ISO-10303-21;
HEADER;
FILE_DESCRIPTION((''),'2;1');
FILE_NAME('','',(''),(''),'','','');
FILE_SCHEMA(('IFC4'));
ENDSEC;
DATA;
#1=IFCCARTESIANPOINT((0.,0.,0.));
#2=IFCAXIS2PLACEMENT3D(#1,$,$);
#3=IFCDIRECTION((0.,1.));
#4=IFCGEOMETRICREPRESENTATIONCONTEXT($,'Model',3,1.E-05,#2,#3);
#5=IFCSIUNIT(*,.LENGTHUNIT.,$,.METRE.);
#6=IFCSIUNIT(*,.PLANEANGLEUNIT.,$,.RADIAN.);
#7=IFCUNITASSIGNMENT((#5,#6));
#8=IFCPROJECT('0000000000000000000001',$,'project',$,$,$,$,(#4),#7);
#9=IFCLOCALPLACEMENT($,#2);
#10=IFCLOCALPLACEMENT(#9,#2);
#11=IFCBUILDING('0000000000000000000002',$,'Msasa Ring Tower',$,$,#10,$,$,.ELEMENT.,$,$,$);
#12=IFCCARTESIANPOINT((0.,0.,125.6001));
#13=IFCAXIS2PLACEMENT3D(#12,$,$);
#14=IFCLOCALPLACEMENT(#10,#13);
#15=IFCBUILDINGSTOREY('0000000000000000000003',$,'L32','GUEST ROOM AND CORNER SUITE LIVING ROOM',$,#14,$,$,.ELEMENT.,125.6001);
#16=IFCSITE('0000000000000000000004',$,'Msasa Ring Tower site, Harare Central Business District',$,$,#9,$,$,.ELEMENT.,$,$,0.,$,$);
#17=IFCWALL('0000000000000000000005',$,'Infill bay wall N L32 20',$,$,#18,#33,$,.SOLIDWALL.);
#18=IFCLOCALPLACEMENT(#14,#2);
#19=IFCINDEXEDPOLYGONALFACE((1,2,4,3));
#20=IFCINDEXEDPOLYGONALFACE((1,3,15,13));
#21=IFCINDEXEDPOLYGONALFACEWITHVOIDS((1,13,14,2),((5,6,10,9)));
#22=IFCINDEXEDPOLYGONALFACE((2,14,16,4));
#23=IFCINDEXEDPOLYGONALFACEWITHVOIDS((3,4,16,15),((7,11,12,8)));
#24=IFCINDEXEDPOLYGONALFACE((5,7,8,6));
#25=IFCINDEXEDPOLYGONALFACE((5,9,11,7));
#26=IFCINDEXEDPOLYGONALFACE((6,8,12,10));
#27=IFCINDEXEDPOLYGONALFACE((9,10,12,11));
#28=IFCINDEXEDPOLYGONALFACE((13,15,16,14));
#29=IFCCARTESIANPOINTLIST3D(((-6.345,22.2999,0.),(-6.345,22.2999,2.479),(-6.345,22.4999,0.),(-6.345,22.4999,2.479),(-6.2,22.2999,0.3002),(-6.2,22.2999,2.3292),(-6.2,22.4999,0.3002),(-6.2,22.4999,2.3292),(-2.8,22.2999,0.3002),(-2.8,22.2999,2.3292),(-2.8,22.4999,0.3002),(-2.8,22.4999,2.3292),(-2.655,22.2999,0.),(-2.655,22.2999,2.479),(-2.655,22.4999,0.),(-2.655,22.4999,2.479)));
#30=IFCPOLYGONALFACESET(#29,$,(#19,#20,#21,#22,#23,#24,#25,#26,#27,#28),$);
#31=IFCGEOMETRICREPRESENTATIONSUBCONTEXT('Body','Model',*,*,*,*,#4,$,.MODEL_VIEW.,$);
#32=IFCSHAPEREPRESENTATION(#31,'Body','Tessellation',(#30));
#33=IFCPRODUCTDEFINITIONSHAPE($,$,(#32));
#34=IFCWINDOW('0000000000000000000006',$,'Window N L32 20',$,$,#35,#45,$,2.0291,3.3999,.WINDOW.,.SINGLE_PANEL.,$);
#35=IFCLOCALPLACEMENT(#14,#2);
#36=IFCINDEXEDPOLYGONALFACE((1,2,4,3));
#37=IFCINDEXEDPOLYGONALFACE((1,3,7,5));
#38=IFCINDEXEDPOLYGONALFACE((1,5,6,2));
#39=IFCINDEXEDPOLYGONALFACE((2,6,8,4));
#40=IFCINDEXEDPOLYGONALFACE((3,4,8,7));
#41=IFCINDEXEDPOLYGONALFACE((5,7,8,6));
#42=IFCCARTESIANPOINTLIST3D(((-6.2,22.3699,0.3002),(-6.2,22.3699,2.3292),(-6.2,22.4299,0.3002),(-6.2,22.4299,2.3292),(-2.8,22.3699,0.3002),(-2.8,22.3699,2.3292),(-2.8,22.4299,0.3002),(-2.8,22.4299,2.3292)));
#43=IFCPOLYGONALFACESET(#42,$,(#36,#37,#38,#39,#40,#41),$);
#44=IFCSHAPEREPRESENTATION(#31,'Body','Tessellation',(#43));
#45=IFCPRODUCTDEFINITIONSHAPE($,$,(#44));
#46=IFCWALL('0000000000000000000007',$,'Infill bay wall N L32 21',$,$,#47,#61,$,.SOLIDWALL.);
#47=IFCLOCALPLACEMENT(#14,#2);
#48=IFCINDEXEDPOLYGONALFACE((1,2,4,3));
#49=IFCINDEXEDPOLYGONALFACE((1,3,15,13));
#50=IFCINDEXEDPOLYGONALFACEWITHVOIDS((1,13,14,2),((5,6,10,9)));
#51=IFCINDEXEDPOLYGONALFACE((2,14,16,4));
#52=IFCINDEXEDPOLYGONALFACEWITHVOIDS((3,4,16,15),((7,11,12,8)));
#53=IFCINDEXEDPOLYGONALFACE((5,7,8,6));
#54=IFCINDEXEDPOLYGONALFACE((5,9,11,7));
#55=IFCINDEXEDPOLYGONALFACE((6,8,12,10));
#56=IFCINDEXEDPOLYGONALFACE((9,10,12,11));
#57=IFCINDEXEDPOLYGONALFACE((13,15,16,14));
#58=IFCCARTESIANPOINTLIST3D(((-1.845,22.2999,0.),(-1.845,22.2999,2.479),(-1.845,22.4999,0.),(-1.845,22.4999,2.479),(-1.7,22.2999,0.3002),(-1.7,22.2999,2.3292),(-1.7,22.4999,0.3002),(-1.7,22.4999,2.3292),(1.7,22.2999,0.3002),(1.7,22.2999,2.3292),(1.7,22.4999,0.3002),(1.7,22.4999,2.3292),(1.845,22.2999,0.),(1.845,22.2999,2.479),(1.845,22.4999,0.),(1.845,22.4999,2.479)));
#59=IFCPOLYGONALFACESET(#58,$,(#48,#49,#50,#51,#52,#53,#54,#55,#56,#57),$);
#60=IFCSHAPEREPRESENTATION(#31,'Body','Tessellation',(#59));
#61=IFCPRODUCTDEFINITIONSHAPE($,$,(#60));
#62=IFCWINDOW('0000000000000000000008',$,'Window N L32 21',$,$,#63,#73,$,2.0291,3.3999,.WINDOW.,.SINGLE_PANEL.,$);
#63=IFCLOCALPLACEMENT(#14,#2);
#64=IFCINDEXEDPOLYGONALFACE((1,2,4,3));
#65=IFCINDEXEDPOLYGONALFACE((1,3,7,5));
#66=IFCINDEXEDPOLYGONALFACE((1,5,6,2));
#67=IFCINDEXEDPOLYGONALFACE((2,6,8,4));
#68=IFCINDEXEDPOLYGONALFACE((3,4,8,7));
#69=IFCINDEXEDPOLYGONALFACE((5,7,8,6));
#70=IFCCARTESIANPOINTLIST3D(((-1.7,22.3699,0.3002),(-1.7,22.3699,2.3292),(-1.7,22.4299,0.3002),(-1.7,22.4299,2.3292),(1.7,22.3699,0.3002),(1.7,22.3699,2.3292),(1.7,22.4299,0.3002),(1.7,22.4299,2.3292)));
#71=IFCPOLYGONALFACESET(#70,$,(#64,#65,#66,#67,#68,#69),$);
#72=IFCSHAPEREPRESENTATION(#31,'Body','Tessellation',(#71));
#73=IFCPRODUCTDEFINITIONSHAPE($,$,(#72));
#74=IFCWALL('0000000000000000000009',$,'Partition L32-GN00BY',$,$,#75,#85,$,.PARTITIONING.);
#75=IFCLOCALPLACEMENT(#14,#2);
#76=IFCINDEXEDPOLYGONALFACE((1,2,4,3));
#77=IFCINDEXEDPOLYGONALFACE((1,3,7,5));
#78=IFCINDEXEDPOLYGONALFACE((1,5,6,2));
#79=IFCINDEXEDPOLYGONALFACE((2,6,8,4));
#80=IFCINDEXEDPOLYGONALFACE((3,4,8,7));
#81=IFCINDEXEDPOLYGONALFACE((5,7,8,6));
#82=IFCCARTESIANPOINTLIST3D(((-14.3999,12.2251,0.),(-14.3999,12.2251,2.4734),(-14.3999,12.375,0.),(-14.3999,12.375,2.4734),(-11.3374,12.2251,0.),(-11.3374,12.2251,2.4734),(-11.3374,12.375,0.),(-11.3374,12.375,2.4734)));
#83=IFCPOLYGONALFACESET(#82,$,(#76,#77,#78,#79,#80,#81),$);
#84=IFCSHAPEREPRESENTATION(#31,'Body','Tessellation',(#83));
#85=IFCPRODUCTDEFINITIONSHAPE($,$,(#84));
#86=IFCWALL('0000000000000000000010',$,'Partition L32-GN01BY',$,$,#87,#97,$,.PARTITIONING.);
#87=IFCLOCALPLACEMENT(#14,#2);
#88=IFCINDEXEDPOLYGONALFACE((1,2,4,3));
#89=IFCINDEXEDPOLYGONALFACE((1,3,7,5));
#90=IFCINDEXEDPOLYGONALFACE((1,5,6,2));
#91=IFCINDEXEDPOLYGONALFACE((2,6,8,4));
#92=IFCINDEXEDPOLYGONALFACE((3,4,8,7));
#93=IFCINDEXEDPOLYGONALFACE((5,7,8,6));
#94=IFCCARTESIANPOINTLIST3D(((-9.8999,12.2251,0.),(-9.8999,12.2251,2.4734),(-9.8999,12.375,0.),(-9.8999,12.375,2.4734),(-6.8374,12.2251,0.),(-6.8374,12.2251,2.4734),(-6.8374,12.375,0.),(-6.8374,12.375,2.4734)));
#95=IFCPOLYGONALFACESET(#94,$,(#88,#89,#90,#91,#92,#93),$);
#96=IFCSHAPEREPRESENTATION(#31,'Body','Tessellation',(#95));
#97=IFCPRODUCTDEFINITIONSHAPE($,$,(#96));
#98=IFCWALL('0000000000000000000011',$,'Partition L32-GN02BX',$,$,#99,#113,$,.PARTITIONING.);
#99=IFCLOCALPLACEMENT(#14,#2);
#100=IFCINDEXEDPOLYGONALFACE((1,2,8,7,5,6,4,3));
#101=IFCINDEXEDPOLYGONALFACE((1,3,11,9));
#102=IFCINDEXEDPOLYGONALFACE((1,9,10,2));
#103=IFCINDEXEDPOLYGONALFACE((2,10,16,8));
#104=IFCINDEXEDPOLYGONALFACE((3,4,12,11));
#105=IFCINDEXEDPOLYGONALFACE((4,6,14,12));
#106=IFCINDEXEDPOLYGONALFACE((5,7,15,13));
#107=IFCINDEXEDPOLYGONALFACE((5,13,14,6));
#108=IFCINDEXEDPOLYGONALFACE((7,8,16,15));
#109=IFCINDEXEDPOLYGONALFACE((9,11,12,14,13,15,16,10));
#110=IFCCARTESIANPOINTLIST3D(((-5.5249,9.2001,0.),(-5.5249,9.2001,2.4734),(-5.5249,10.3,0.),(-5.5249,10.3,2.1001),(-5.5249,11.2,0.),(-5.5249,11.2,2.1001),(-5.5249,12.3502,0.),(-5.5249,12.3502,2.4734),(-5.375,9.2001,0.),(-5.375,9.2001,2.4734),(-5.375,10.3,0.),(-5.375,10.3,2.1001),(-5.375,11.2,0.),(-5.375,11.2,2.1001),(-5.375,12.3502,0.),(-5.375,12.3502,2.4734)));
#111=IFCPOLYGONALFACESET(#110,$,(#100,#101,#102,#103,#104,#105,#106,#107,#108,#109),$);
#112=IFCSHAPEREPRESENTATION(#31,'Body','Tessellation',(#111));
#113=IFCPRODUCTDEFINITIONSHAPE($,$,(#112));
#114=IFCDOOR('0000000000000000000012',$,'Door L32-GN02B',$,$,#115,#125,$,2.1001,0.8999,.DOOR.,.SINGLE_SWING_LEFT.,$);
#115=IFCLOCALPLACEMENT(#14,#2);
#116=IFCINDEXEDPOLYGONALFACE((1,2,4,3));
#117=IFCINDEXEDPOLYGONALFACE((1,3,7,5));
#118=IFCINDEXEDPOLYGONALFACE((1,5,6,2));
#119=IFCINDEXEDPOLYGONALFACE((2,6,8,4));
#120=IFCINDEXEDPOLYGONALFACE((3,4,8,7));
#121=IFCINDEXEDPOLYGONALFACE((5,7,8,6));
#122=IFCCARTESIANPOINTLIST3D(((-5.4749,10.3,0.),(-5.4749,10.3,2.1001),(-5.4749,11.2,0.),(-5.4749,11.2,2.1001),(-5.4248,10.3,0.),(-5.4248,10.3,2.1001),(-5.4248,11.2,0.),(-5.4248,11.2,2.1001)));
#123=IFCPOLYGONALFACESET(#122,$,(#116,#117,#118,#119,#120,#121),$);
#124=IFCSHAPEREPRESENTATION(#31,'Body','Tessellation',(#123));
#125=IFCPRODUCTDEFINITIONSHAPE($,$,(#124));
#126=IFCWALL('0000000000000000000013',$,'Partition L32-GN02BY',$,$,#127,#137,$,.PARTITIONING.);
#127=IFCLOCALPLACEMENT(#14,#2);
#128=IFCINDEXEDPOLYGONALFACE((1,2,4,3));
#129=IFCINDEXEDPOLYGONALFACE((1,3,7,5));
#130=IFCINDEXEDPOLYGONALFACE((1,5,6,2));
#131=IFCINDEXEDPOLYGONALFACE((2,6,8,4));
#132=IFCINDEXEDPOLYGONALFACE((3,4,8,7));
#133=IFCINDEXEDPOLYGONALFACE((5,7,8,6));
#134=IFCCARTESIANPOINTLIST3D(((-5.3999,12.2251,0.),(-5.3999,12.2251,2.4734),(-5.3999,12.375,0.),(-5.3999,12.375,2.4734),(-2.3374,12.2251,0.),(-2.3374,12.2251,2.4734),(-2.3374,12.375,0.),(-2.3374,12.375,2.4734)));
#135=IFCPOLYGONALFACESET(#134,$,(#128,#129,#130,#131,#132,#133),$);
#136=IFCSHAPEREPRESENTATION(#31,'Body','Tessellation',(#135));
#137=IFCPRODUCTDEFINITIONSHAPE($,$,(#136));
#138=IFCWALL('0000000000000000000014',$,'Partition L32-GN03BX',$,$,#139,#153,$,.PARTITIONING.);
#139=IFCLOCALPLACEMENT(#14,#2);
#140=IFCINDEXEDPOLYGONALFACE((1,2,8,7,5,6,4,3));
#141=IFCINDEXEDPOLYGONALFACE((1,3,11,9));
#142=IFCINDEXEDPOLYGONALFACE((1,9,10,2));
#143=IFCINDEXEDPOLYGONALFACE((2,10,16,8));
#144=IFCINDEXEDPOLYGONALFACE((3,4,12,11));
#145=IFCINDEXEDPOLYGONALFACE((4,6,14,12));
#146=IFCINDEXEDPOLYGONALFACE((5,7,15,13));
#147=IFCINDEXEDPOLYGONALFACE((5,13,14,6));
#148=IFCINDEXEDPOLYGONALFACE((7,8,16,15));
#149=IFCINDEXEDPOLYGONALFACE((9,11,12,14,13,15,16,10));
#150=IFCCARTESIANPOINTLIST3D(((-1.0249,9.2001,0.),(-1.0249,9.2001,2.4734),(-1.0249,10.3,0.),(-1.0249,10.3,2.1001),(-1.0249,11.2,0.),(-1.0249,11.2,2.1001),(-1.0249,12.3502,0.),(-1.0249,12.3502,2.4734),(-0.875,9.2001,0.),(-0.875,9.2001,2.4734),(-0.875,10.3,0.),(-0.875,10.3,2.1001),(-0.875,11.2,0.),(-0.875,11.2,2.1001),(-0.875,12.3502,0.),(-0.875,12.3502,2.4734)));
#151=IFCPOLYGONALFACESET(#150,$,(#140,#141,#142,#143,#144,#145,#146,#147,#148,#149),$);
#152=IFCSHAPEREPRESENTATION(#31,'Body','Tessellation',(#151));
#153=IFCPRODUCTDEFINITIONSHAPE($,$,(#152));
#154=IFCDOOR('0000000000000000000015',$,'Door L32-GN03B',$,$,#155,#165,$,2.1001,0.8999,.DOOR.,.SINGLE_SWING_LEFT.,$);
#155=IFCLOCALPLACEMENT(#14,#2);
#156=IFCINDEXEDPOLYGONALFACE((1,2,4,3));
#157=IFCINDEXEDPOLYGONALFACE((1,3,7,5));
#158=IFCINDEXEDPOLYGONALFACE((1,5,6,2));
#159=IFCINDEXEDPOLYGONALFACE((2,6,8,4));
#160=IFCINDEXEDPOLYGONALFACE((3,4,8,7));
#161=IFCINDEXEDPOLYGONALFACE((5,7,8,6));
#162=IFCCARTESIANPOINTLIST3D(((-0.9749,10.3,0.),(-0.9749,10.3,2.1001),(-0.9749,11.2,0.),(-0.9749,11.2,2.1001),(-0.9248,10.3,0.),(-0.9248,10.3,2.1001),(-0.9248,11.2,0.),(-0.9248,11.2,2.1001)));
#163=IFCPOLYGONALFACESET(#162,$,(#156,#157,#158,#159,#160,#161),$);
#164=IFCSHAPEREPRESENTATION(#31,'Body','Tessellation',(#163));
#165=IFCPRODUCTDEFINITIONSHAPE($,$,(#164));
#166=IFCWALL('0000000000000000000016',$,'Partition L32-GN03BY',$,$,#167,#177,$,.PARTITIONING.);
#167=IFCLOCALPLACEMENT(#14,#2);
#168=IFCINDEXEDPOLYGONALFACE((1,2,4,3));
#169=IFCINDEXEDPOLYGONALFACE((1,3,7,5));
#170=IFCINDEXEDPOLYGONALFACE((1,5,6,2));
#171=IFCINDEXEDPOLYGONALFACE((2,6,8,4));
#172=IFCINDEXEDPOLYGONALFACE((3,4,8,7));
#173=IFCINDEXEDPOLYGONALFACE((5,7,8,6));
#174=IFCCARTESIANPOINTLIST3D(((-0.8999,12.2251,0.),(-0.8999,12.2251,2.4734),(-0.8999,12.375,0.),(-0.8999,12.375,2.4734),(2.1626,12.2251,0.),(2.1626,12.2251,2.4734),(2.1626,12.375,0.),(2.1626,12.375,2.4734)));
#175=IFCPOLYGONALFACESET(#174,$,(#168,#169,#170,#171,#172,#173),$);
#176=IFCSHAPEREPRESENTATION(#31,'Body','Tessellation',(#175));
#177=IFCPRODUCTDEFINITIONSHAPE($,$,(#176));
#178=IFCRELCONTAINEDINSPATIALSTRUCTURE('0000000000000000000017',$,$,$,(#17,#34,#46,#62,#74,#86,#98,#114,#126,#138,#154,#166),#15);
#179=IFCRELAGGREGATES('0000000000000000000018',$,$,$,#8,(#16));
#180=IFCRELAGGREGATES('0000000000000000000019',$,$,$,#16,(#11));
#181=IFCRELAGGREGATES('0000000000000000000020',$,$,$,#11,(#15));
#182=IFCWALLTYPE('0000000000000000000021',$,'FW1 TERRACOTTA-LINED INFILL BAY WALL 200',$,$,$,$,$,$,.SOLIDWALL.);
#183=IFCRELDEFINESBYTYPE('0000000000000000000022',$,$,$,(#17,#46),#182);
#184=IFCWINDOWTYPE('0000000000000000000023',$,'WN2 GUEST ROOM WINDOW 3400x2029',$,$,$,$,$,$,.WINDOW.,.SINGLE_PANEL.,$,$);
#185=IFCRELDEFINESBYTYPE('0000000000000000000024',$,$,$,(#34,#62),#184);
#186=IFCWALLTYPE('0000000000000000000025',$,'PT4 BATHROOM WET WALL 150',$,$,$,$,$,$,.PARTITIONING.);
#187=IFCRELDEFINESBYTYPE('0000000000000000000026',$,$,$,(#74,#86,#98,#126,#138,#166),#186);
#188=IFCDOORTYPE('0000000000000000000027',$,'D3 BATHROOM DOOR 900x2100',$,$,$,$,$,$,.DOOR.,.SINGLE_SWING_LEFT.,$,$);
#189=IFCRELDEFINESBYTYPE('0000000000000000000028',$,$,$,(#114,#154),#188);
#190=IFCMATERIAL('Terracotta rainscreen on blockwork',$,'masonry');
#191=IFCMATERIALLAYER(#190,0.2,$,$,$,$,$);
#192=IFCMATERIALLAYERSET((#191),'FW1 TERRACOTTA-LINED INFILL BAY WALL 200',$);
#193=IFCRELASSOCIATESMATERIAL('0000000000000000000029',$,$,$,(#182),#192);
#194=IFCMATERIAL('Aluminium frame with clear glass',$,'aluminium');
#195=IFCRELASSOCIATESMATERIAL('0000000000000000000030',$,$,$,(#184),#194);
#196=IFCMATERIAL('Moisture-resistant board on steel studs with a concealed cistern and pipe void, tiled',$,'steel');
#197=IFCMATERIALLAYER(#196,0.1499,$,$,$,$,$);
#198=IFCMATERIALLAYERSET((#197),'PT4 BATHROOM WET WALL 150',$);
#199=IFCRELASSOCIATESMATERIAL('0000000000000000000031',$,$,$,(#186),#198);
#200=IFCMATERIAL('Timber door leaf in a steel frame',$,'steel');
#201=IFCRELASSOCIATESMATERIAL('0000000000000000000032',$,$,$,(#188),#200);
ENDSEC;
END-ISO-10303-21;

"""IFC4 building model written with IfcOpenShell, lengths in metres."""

from ifc_helpers import new_model, si_unit, direction, frame, frame_2d, origin, place, context, subcontext, project, spatial, rectangle, extrude, material, layer, layer_set, type_object, element, fill, save


model = new_model("IFC4")

# Units and contexts
model_context = context("Model", 3, precision=1e-05, world=origin(), true_north=direction((0.0, 1.0)))
body_context = subcontext(model_context, "Body", "Model", "MODEL_VIEW")
ifc_project = project(units=[si_unit("LENGTHUNIT", "METRE"), si_unit("PLANEANGLEUNIT", "RADIAN")], contexts=[model_context])

# Site, building, storey
site_placement = place(None, origin())
site = spatial("IfcSite", under=ifc_project, at=site_placement, Name="Msasa Ring Tower site, Harare Central Business District", CompositionType="ELEMENT", RefElevation=0.0)
building_placement = place(site_placement, origin())
building = spatial("IfcBuilding", under=site, at=building_placement, Name="Msasa Ring Tower", CompositionType="ELEMENT")
storey_placement = place(building_placement, frame((0.0, 0.0, 125.6001)))
storey = spatial("IfcBuildingStorey", under=building, at=storey_placement, Name="L32", Description="GUEST ROOM AND CORNER SUITE LIVING ROOM", CompositionType="ELEMENT", Elevation=125.6001)

# Walls, openings, windows
ifc_material_1 = material(Name="Terracotta rainscreen on blockwork", Category="masonry")
ifc_layer_1 = layer(ifc_material_1, 0.2)
ifc_layer_set_1 = layer_set([ifc_layer_1], Name="FW1 TERRACOTTA-LINED INFILL BAY WALL 200")
wall_type_1 = type_object("IfcWallType", Name="FW1 TERRACOTTA-LINED INFILL BAY WALL 200", PredefinedType="SOLIDWALL", material=ifc_layer_set_1)
ifc_material_2 = material(Name="Aluminium frame with clear glass", Category="aluminium")
window_type = type_object("IfcWindowType", Name="WN2 GUEST ROOM WINDOW 3400x2029", PartitioningType="SINGLE_PANEL", PredefinedType="WINDOW", material=ifc_material_2)
wall_1_placement = place(storey_placement, frame((-6.345, 22.3999, 0.0), z_axis=(0.0, 0.0, 1.0), x_axis=(1.0, 0.0, 0.0)))
wall_1 = element("IfcWall", 1, at=wall_1_placement, inside=storey, type_object=wall_type_1, Name="Infill bay wall N L32 20", PredefinedType="SOLIDWALL", context=body_context, shape_type="SweptSolid", body=[
    extrude(rectangle(XDim=3.6899, YDim=0.2, at=frame_2d((1.845, 0.0))), origin(), (0.0, 0.0, 1.0), 2.479),
])
opening_1_placement = place(wall_1_placement, frame((0.145, 0.0, 0.3)))
opening_1 = element("IfcOpeningElement", 2, at=opening_1_placement, cuts=wall_1, PredefinedType="OPENING", context=body_context, shape_type="SweptSolid", body=[
    extrude(rectangle(XDim=3.3999, YDim=2.0291, at=frame_2d((1.7, 1.0146))), frame((0.0, 0.1099, 0.0), z_axis=(0.0, -1.0, 0.0), x_axis=(1.0, 0.0, 0.0)), (0.0, 0.0, 1.0), 0.22),
])
window_1_placement = place(opening_1_placement, origin())
window_1 = element("IfcWindow", 3, at=window_1_placement, inside=storey, type_object=window_type, Name="Window N L32 20", OverallHeight=2.0291, OverallWidth=3.3999, PartitioningType="SINGLE_PANEL", PredefinedType="WINDOW", context=body_context, shape_type="SweptSolid", body=[
    extrude(rectangle(XDim=3.3999, YDim=2.0291, at=frame_2d((1.7, 1.0146))), frame((0.0, 0.03, 0.0), z_axis=(0.0, -1.0, 0.0), x_axis=(1.0, 0.0, 0.0)), (0.0, 0.0, 1.0), 0.0601),
])
fill(opening_1, window_1)
wall_2_placement = place(storey_placement, frame((-1.845, 22.3999, 0.0), z_axis=(0.0, 0.0, 1.0), x_axis=(1.0, 0.0, 0.0)))
wall_2 = element("IfcWall", 4, at=wall_2_placement, inside=storey, type_object=wall_type_1, Name="Infill bay wall N L32 21", PredefinedType="SOLIDWALL", context=body_context, shape_type="SweptSolid", body=[
    extrude(rectangle(XDim=3.6899, YDim=0.2, at=frame_2d((1.845, 0.0))), origin(), (0.0, 0.0, 1.0), 2.479),
])
opening_2_placement = place(wall_2_placement, frame((0.145, 0.0, 0.3)))
opening_2 = element("IfcOpeningElement", 5, at=opening_2_placement, cuts=wall_2, PredefinedType="OPENING", context=body_context, shape_type="SweptSolid", body=[
    extrude(rectangle(XDim=3.3999, YDim=2.0291, at=frame_2d((1.7, 1.0146))), frame((0.0, 0.1099, 0.0), z_axis=(0.0, -1.0, 0.0), x_axis=(1.0, 0.0, 0.0)), (0.0, 0.0, 1.0), 0.22),
])
window_2_placement = place(opening_2_placement, origin())
window_2 = element("IfcWindow", 6, at=window_2_placement, inside=storey, type_object=window_type, Name="Window N L32 21", OverallHeight=2.0291, OverallWidth=3.3999, PartitioningType="SINGLE_PANEL", PredefinedType="WINDOW", context=body_context, shape_type="SweptSolid", body=[
    extrude(rectangle(XDim=3.3999, YDim=2.0291, at=frame_2d((1.7, 1.0146))), frame((0.0, 0.03, 0.0), z_axis=(0.0, -1.0, 0.0), x_axis=(1.0, 0.0, 0.0)), (0.0, 0.0, 1.0), 0.0601),
])
fill(opening_2, window_2)

# Walls
ifc_material_3 = material(Name="Moisture-resistant board on steel studs with a concealed cistern and pipe void, tiled", Category="steel")
ifc_layer_2 = layer(ifc_material_3, 0.1499)
ifc_layer_set_2 = layer_set([ifc_layer_2], Name="PT4 BATHROOM WET WALL 150")
wall_type_2 = type_object("IfcWallType", Name="PT4 BATHROOM WET WALL 150", PredefinedType="PARTITIONING", material=ifc_layer_set_2)
for number, where, z_axis, x_axis, name in (
    (7, (-14.3999, 12.3, 0.0), (0.0, 0.0, 1.0), (1.0, 0.0, 0.0), "Partition L32-GN00BY"),
    (8, (-9.8999, 12.3, 0.0), (0.0, 0.0, 1.0), (1.0, 0.0, 0.0), "Partition L32-GN01BY"),
):
    element("IfcWall", number, at=place(storey_placement, frame(where, z_axis=z_axis, x_axis=x_axis)), inside=storey, type_object=wall_type_2, Name=name, PredefinedType="PARTITIONING", context=body_context, shape_type="SweptSolid", body=[
        extrude(rectangle(XDim=3.0625, YDim=0.1499, at=frame_2d((1.5312, 0.0))), origin(), (0.0, 0.0, 1.0), 2.4734),
    ])

# Wall, opening, door
wall_3_placement = place(storey_placement, frame((-5.45, 9.2, 0.0), z_axis=(0.0, 0.0, 1.0), x_axis=(0.0, 1.0, 0.0)))
wall_3 = element("IfcWall", 9, at=wall_3_placement, inside=storey, type_object=wall_type_2, Name="Partition L32-GN02BX", PredefinedType="PARTITIONING", context=body_context, shape_type="SweptSolid", body=[
    extrude(rectangle(XDim=3.1501, YDim=0.1499, at=frame_2d((1.5752, 0.0))), origin(), (0.0, 0.0, 1.0), 2.4734),
])
opening_3_placement = place(wall_3_placement, frame((1.1001, 0.0, 0.0)))
opening_3 = element("IfcOpeningElement", 10, at=opening_3_placement, cuts=wall_3, PredefinedType="OPENING", context=body_context, shape_type="SweptSolid", body=[
    extrude(rectangle(XDim=0.8999, YDim=2.1001, at=frame_2d((0.45, 1.05))), frame((0.0, 0.085, 0.0), z_axis=(0.0, -1.0, 0.0), x_axis=(1.0, 0.0, 0.0)), (0.0, 0.0, 1.0), 0.1699),
])
ifc_material_4 = material(Name="Timber door leaf in a steel frame", Category="steel")
door_type = type_object("IfcDoorType", Name="D3 BATHROOM DOOR 900x2100", OperationType="SINGLE_SWING_LEFT", PredefinedType="DOOR", material=ifc_material_4)
door_1_placement = place(opening_3_placement, origin())
door_1 = element("IfcDoor", 11, at=door_1_placement, inside=storey, type_object=door_type, Name="Door L32-GN02B", OperationType="SINGLE_SWING_LEFT", OverallHeight=2.1001, OverallWidth=0.8999, PredefinedType="DOOR", context=body_context, shape_type="SweptSolid", body=[
    extrude(rectangle(XDim=0.8999, YDim=2.1001, at=frame_2d((0.45, 1.05))), frame((0.0, 0.0249, 0.0), z_axis=(0.0, -1.0, 0.0), x_axis=(1.0, 0.0, 0.0)), (0.0, 0.0, 1.0), 0.05),
])
fill(opening_3, door_1)

# Wall
wall_4_placement = place(storey_placement, frame((-5.3999, 12.3, 0.0), z_axis=(0.0, 0.0, 1.0), x_axis=(1.0, 0.0, 0.0)))
element("IfcWall", 12, at=wall_4_placement, inside=storey, type_object=wall_type_2, Name="Partition L32-GN02BY", PredefinedType="PARTITIONING", context=body_context, shape_type="SweptSolid", body=[
    extrude(rectangle(XDim=3.0625, YDim=0.1499, at=frame_2d((1.5312, 0.0))), origin(), (0.0, 0.0, 1.0), 2.4734),
])

# Wall, opening, door
wall_5_placement = place(storey_placement, frame((-0.95, 9.2, 0.0), z_axis=(0.0, 0.0, 1.0), x_axis=(0.0, 1.0, 0.0)))
wall_5 = element("IfcWall", 13, at=wall_5_placement, inside=storey, type_object=wall_type_2, Name="Partition L32-GN03BX", PredefinedType="PARTITIONING", context=body_context, shape_type="SweptSolid", body=[
    extrude(rectangle(XDim=3.1501, YDim=0.1499, at=frame_2d((1.5752, 0.0))), origin(), (0.0, 0.0, 1.0), 2.4734),
])
opening_4_placement = place(wall_5_placement, frame((1.1001, 0.0, 0.0)))
opening_4 = element("IfcOpeningElement", 14, at=opening_4_placement, cuts=wall_5, PredefinedType="OPENING", context=body_context, shape_type="SweptSolid", body=[
    extrude(rectangle(XDim=0.8999, YDim=2.1001, at=frame_2d((0.45, 1.05))), frame((0.0, 0.085, 0.0), z_axis=(0.0, -1.0, 0.0), x_axis=(1.0, 0.0, 0.0)), (0.0, 0.0, 1.0), 0.1699),
])
door_2_placement = place(opening_4_placement, origin())
door_2 = element("IfcDoor", 15, at=door_2_placement, inside=storey, type_object=door_type, Name="Door L32-GN03B", OperationType="SINGLE_SWING_LEFT", OverallHeight=2.1001, OverallWidth=0.8999, PredefinedType="DOOR", context=body_context, shape_type="SweptSolid", body=[
    extrude(rectangle(XDim=0.8999, YDim=2.1001, at=frame_2d((0.45, 1.05))), frame((0.0, 0.0249, 0.0), z_axis=(0.0, -1.0, 0.0), x_axis=(1.0, 0.0, 0.0)), (0.0, 0.0, 1.0), 0.05),
])
fill(opening_4, door_2)

# Wall
wall_6_placement = place(storey_placement, frame((-0.8999, 12.3, 0.0), z_axis=(0.0, 0.0, 1.0), x_axis=(1.0, 0.0, 0.0)))
element("IfcWall", 16, at=wall_6_placement, inside=storey, type_object=wall_type_2, Name="Partition L32-GN03BY", PredefinedType="PARTITIONING", context=body_context, shape_type="SweptSolid", body=[
    extrude(rectangle(XDim=3.0625, YDim=0.1499, at=frame_2d((1.5312, 0.0))), origin(), (0.0, 0.0, 1.0), 2.4734),
])

save(model, "model.ifc")
